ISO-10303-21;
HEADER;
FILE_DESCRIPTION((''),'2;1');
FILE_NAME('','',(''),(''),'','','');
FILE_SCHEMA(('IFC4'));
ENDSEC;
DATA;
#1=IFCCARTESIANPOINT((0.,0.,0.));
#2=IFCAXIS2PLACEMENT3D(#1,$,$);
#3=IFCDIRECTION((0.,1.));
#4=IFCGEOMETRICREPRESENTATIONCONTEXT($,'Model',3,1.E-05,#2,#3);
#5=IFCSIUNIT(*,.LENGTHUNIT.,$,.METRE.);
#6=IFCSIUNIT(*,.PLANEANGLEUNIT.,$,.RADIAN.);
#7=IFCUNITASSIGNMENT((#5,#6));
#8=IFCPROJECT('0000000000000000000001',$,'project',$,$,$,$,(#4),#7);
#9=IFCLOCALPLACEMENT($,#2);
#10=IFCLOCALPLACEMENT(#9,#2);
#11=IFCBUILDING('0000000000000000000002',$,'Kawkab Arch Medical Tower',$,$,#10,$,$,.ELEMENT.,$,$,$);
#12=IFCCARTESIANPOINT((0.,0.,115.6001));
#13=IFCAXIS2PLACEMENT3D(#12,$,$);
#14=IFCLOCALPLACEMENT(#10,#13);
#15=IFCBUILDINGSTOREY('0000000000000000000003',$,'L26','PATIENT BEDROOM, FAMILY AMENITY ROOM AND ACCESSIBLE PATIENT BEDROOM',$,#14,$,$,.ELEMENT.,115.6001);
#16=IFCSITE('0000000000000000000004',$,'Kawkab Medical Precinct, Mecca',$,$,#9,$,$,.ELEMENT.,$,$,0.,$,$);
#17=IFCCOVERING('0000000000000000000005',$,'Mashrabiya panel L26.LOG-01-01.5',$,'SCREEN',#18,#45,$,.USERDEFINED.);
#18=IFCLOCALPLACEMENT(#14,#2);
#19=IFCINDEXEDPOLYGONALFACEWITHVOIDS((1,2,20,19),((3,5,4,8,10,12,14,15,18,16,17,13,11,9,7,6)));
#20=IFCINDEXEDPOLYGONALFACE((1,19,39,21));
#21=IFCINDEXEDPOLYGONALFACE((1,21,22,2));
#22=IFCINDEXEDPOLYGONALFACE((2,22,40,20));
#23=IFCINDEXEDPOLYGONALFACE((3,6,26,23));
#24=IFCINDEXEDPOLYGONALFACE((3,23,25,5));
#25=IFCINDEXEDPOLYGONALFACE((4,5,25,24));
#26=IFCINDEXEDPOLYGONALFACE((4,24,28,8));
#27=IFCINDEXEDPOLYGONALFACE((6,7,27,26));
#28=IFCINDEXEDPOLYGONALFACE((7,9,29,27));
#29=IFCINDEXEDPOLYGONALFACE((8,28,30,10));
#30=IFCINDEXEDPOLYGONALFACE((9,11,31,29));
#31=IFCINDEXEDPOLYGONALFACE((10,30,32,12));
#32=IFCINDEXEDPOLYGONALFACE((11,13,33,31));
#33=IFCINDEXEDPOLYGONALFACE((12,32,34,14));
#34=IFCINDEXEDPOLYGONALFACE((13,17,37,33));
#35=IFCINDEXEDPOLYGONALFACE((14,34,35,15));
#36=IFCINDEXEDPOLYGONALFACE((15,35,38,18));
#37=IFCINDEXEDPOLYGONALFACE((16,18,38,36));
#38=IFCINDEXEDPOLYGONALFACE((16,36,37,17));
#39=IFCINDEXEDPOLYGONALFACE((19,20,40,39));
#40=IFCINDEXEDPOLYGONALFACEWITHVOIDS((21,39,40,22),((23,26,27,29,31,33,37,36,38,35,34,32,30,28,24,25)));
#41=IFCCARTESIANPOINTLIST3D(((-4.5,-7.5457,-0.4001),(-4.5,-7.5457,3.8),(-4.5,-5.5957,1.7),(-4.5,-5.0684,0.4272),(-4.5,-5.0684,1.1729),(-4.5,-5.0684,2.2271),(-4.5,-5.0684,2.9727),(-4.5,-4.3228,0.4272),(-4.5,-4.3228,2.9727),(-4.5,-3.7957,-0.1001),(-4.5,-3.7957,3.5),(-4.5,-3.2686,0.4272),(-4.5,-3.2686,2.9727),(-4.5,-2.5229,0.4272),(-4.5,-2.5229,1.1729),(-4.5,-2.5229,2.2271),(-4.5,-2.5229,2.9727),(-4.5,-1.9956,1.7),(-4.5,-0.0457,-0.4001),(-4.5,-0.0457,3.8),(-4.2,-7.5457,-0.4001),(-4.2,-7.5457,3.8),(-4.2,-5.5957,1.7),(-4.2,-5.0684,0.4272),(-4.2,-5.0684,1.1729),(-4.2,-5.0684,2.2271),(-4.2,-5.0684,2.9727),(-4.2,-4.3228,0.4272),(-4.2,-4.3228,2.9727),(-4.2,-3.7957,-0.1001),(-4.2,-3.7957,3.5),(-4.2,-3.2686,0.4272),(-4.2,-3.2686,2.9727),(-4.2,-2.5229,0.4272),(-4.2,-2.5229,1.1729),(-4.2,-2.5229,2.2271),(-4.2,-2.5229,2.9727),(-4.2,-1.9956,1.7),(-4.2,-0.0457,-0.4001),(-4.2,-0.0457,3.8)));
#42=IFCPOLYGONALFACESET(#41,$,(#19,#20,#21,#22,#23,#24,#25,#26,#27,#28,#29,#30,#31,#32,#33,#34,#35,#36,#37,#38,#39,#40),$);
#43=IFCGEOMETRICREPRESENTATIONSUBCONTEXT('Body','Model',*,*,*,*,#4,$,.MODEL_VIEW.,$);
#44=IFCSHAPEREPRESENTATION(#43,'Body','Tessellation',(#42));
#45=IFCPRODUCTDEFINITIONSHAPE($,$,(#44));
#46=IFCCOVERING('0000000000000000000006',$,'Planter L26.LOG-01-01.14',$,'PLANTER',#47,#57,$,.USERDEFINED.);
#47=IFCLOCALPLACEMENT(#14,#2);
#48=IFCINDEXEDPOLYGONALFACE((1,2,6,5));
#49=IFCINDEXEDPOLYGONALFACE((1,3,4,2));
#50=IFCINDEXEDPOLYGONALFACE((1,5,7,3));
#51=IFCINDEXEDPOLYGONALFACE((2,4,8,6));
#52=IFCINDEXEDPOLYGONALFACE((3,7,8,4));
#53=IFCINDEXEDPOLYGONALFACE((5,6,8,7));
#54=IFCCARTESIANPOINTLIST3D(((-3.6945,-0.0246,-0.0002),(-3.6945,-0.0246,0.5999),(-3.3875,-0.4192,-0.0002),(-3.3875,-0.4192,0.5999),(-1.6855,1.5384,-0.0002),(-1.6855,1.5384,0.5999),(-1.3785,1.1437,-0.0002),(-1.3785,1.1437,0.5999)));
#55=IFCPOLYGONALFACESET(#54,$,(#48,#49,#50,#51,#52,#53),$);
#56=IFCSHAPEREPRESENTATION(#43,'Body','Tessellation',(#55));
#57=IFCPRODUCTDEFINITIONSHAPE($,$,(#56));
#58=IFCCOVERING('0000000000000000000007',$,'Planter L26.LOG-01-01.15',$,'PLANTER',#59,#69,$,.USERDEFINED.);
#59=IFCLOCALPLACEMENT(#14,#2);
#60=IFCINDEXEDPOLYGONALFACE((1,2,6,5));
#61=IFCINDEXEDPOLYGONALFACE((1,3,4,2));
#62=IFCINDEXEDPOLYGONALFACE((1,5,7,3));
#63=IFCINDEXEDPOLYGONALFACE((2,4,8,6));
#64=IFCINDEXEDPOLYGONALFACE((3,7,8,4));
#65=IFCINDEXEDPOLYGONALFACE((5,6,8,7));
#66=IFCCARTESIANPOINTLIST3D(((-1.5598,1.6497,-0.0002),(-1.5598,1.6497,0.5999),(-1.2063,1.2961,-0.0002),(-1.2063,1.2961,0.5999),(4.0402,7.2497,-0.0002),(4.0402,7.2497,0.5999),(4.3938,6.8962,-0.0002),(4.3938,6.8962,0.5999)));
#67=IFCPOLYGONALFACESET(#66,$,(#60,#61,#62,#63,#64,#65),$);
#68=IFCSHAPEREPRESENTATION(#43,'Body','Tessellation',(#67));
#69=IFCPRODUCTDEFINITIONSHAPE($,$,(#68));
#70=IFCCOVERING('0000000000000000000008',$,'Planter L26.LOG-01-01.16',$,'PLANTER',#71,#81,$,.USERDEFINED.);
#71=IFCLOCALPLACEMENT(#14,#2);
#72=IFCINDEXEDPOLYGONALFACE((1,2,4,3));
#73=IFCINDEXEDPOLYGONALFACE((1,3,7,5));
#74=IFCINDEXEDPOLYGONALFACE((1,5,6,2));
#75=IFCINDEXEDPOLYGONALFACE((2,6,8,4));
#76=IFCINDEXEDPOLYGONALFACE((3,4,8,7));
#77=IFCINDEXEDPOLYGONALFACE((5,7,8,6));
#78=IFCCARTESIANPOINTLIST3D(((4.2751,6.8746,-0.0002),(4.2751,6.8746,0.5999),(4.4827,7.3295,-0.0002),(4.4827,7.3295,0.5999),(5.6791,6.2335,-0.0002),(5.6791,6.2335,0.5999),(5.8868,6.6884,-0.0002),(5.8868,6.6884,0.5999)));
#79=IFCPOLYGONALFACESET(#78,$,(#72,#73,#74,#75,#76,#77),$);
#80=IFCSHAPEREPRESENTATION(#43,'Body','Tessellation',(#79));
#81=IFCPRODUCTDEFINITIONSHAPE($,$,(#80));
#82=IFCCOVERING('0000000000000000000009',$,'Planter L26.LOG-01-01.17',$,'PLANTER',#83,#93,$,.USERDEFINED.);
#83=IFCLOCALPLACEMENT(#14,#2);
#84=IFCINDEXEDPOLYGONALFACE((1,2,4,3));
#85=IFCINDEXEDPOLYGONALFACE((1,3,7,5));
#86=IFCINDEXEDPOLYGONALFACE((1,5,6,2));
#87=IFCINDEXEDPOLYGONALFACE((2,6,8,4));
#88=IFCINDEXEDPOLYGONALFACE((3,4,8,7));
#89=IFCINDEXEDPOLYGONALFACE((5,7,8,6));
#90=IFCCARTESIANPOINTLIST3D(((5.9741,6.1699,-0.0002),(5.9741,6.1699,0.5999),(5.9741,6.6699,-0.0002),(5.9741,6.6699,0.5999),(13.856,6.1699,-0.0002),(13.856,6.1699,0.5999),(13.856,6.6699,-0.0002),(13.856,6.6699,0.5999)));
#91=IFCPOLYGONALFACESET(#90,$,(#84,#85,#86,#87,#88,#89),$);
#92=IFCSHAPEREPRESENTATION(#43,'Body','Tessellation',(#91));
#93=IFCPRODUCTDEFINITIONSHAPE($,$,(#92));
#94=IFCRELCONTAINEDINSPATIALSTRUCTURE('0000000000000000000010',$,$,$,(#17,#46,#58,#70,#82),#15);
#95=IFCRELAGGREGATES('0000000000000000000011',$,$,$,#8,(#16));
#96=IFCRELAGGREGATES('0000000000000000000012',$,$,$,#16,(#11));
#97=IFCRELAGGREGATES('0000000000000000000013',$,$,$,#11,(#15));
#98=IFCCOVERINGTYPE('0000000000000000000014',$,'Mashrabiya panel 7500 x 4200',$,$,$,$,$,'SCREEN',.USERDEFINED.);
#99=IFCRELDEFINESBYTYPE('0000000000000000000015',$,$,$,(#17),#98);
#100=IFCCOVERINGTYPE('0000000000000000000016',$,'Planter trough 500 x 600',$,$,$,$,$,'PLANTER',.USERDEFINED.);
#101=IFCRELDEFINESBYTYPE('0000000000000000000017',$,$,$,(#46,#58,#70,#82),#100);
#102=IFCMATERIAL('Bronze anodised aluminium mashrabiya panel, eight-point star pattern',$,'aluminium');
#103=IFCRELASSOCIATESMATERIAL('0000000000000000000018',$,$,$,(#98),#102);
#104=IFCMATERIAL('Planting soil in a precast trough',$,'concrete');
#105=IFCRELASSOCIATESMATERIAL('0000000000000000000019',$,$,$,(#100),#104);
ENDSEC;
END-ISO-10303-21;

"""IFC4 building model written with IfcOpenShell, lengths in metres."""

from ifc_helpers import new_model, si_unit, direction, frame, origin, origin_2d, place, context, subcontext, project, spatial, polyline, rectangle, outline, extrude, material, material_profile, profile_set, type_object, element, save


model = new_model("IFC4")

# Units and contexts
model_context = context("Model", 3, precision=1e-05, world=origin(), true_north=direction((0.0, 1.0)))
body_context = subcontext(model_context, "Body", "Model", "MODEL_VIEW")
ifc_project = project(units=[si_unit("LENGTHUNIT", "METRE"), si_unit("PLANEANGLEUNIT", "RADIAN")], contexts=[model_context])

# Site, building, storey
site_placement = place(None, origin())
site = spatial("IfcSite", under=ifc_project, at=site_placement, Name="Kawkab Medical Precinct, Mecca", CompositionType="ELEMENT", RefElevation=0.0)
building_placement = place(site_placement, origin())
building = spatial("IfcBuilding", under=site, at=building_placement, Name="Kawkab Arch Medical Tower", CompositionType="ELEMENT")
storey_placement = place(building_placement, frame((0.0, 0.0, 115.6001)))
storey = spatial("IfcBuildingStorey", under=building, at=storey_placement, Name="L26", Description="PATIENT BEDROOM, FAMILY AMENITY ROOM AND ACCESSIBLE PATIENT BEDROOM", CompositionType="ELEMENT", Elevation=115.6001)

# Coverings
ifc_material_1 = material(Name="Bronze anodised aluminium mashrabiya panel, eight-point star pattern", Category="aluminium")
ifc_material_profile_1 = material_profile(ifc_material_1, outline(polyline([(-3.75, -2.1001), (3.75, -2.1001), (3.75, 2.1001), (-3.75, 2.1001), (-3.75, -2.1001)]), holes=[polyline([(1.8, 0.0), (1.2727, 0.5271), (1.2727, 1.2727), (0.5271, 1.2727), (0.0, 1.8), (-0.5271, 1.2727), (-1.2727, 1.2727), (-1.2727, 0.5271), (-1.8, 0.0), (-1.2727, -0.5271), (-1.2727, -1.2727), (-0.5271, -1.2727), (0.0, -1.8), (0.5271, -1.2727), (1.2727, -1.2727), (1.2727, -0.5271), (1.8, 0.0)])]), Name="Mashrabiya panel 7500x4200")
ifc_profile_set_1 = profile_set([ifc_material_profile_1], Name="Bronze anodised aluminium mashrabiya panel, eight-point star pattern")
covering_type_1 = type_object("IfcCoveringType", Name="Mashrabiya panel 7500 x 4200", ElementType="SCREEN", PredefinedType="USERDEFINED", material=ifc_profile_set_1)
covering_1_placement = place(storey_placement, frame((-4.2, -3.7957, 1.7), z_axis=(-1.0, 0.0, 0.0), x_axis=(0.0, -1.0, 0.0)))
element("IfcCovering", 1, at=covering_1_placement, inside=storey, type_object=covering_type_1, Name="Mashrabiya panel L26.LOG-01-01.5", ObjectType="SCREEN", PredefinedType="USERDEFINED", context=body_context, shape_type="SweptSolid", body=[
    extrude(outline(polyline([(-3.75, -2.1001), (3.75, -2.1001), (3.75, 2.1001), (-3.75, 2.1001), (-3.75, -2.1001)]), holes=[polyline([(1.8, 0.0), (1.2727, 0.5271), (1.2727, 1.2727), (0.5271, 1.2727), (0.0, 1.8), (-0.5271, 1.2727), (-1.2727, 1.2727), (-1.2727, 0.5271), (-1.8, 0.0), (-1.2727, -0.5271), (-1.2727, -1.2727), (-0.5271, -1.2727), (0.0, -1.8), (0.5271, -1.2727), (1.2727, -1.2727), (1.2727, -0.5271), (1.8, 0.0)])]), origin(), (0.0, 0.0, 1.0), 0.3),
])
ifc_material_2 = material(Name="Planting soil in a precast trough", Category="concrete")
ifc_material_profile_2 = material_profile(ifc_material_2, rectangle(XDim=0.5, YDim=0.6001, at=origin_2d()), Name="Trough 500x600")
ifc_profile_set_2 = profile_set([ifc_material_profile_2], Name="Planting soil in a precast trough")
covering_type_2 = type_object("IfcCoveringType", Name="Planter trough 500 x 600", ElementType="PLANTER", PredefinedType="USERDEFINED", material=ifc_profile_set_2)
covering_2_placement = place(storey_placement, frame((-3.541, -0.2219, 0.2998), z_axis=(0.789275, 0.61404, 0.0), x_axis=(-0.61404, 0.789275, 0.0)))
element("IfcCovering", 2, at=covering_2_placement, inside=storey, type_object=covering_type_2, Name="Planter L26.LOG-01-01.14", ObjectType="PLANTER", PredefinedType="USERDEFINED", context=body_context, shape_type="SweptSolid", body=[
    extrude(rectangle(XDim=0.5, YDim=0.6001, at=origin_2d()), origin(), (0.0, 0.0, 1.0), 2.5454),
])
covering_3_placement = place(storey_placement, frame((-1.3831, 1.4729, 0.2998), z_axis=(0.707107, 0.707107, 0.0), x_axis=(-0.707107, 0.707107, 0.0)))
element("IfcCovering", 3, at=covering_3_placement, inside=storey, type_object=covering_type_2, Name="Planter L26.LOG-01-01.15", ObjectType="PLANTER", PredefinedType="USERDEFINED", context=body_context, shape_type="SweptSolid", body=[
    extrude(rectangle(XDim=0.5, YDim=0.6001, at=origin_2d()), origin(), (0.0, 0.0, 1.0), 7.9197),
])
covering_4_placement = place(storey_placement, frame((4.3789, 7.1021, 0.2998), z_axis=(0.909656, -0.415363, 0.0), x_axis=(0.415363, 0.909656, 0.0)))
element("IfcCovering", 4, at=covering_4_placement, inside=storey, type_object=covering_type_2, Name="Planter L26.LOG-01-01.16", ObjectType="PLANTER", PredefinedType="USERDEFINED", context=body_context, shape_type="SweptSolid", body=[
    extrude(rectangle(XDim=0.5, YDim=0.6001, at=origin_2d()), origin(), (0.0, 0.0, 1.0), 1.5435),
])
covering_5_placement = place(storey_placement, frame((5.9741, 6.4199, 0.2998), z_axis=(1.0, 0.0, 0.0), x_axis=(0.0, 1.0, 0.0)))
element("IfcCovering", 5, at=covering_5_placement, inside=storey, type_object=covering_type_2, Name="Planter L26.LOG-01-01.17", ObjectType="PLANTER", PredefinedType="USERDEFINED", context=body_context, shape_type="SweptSolid", body=[
    extrude(rectangle(XDim=0.5, YDim=0.6001, at=origin_2d()), origin(), (0.0, 0.0, 1.0), 7.8818),
])

save(model, "model.ifc")
